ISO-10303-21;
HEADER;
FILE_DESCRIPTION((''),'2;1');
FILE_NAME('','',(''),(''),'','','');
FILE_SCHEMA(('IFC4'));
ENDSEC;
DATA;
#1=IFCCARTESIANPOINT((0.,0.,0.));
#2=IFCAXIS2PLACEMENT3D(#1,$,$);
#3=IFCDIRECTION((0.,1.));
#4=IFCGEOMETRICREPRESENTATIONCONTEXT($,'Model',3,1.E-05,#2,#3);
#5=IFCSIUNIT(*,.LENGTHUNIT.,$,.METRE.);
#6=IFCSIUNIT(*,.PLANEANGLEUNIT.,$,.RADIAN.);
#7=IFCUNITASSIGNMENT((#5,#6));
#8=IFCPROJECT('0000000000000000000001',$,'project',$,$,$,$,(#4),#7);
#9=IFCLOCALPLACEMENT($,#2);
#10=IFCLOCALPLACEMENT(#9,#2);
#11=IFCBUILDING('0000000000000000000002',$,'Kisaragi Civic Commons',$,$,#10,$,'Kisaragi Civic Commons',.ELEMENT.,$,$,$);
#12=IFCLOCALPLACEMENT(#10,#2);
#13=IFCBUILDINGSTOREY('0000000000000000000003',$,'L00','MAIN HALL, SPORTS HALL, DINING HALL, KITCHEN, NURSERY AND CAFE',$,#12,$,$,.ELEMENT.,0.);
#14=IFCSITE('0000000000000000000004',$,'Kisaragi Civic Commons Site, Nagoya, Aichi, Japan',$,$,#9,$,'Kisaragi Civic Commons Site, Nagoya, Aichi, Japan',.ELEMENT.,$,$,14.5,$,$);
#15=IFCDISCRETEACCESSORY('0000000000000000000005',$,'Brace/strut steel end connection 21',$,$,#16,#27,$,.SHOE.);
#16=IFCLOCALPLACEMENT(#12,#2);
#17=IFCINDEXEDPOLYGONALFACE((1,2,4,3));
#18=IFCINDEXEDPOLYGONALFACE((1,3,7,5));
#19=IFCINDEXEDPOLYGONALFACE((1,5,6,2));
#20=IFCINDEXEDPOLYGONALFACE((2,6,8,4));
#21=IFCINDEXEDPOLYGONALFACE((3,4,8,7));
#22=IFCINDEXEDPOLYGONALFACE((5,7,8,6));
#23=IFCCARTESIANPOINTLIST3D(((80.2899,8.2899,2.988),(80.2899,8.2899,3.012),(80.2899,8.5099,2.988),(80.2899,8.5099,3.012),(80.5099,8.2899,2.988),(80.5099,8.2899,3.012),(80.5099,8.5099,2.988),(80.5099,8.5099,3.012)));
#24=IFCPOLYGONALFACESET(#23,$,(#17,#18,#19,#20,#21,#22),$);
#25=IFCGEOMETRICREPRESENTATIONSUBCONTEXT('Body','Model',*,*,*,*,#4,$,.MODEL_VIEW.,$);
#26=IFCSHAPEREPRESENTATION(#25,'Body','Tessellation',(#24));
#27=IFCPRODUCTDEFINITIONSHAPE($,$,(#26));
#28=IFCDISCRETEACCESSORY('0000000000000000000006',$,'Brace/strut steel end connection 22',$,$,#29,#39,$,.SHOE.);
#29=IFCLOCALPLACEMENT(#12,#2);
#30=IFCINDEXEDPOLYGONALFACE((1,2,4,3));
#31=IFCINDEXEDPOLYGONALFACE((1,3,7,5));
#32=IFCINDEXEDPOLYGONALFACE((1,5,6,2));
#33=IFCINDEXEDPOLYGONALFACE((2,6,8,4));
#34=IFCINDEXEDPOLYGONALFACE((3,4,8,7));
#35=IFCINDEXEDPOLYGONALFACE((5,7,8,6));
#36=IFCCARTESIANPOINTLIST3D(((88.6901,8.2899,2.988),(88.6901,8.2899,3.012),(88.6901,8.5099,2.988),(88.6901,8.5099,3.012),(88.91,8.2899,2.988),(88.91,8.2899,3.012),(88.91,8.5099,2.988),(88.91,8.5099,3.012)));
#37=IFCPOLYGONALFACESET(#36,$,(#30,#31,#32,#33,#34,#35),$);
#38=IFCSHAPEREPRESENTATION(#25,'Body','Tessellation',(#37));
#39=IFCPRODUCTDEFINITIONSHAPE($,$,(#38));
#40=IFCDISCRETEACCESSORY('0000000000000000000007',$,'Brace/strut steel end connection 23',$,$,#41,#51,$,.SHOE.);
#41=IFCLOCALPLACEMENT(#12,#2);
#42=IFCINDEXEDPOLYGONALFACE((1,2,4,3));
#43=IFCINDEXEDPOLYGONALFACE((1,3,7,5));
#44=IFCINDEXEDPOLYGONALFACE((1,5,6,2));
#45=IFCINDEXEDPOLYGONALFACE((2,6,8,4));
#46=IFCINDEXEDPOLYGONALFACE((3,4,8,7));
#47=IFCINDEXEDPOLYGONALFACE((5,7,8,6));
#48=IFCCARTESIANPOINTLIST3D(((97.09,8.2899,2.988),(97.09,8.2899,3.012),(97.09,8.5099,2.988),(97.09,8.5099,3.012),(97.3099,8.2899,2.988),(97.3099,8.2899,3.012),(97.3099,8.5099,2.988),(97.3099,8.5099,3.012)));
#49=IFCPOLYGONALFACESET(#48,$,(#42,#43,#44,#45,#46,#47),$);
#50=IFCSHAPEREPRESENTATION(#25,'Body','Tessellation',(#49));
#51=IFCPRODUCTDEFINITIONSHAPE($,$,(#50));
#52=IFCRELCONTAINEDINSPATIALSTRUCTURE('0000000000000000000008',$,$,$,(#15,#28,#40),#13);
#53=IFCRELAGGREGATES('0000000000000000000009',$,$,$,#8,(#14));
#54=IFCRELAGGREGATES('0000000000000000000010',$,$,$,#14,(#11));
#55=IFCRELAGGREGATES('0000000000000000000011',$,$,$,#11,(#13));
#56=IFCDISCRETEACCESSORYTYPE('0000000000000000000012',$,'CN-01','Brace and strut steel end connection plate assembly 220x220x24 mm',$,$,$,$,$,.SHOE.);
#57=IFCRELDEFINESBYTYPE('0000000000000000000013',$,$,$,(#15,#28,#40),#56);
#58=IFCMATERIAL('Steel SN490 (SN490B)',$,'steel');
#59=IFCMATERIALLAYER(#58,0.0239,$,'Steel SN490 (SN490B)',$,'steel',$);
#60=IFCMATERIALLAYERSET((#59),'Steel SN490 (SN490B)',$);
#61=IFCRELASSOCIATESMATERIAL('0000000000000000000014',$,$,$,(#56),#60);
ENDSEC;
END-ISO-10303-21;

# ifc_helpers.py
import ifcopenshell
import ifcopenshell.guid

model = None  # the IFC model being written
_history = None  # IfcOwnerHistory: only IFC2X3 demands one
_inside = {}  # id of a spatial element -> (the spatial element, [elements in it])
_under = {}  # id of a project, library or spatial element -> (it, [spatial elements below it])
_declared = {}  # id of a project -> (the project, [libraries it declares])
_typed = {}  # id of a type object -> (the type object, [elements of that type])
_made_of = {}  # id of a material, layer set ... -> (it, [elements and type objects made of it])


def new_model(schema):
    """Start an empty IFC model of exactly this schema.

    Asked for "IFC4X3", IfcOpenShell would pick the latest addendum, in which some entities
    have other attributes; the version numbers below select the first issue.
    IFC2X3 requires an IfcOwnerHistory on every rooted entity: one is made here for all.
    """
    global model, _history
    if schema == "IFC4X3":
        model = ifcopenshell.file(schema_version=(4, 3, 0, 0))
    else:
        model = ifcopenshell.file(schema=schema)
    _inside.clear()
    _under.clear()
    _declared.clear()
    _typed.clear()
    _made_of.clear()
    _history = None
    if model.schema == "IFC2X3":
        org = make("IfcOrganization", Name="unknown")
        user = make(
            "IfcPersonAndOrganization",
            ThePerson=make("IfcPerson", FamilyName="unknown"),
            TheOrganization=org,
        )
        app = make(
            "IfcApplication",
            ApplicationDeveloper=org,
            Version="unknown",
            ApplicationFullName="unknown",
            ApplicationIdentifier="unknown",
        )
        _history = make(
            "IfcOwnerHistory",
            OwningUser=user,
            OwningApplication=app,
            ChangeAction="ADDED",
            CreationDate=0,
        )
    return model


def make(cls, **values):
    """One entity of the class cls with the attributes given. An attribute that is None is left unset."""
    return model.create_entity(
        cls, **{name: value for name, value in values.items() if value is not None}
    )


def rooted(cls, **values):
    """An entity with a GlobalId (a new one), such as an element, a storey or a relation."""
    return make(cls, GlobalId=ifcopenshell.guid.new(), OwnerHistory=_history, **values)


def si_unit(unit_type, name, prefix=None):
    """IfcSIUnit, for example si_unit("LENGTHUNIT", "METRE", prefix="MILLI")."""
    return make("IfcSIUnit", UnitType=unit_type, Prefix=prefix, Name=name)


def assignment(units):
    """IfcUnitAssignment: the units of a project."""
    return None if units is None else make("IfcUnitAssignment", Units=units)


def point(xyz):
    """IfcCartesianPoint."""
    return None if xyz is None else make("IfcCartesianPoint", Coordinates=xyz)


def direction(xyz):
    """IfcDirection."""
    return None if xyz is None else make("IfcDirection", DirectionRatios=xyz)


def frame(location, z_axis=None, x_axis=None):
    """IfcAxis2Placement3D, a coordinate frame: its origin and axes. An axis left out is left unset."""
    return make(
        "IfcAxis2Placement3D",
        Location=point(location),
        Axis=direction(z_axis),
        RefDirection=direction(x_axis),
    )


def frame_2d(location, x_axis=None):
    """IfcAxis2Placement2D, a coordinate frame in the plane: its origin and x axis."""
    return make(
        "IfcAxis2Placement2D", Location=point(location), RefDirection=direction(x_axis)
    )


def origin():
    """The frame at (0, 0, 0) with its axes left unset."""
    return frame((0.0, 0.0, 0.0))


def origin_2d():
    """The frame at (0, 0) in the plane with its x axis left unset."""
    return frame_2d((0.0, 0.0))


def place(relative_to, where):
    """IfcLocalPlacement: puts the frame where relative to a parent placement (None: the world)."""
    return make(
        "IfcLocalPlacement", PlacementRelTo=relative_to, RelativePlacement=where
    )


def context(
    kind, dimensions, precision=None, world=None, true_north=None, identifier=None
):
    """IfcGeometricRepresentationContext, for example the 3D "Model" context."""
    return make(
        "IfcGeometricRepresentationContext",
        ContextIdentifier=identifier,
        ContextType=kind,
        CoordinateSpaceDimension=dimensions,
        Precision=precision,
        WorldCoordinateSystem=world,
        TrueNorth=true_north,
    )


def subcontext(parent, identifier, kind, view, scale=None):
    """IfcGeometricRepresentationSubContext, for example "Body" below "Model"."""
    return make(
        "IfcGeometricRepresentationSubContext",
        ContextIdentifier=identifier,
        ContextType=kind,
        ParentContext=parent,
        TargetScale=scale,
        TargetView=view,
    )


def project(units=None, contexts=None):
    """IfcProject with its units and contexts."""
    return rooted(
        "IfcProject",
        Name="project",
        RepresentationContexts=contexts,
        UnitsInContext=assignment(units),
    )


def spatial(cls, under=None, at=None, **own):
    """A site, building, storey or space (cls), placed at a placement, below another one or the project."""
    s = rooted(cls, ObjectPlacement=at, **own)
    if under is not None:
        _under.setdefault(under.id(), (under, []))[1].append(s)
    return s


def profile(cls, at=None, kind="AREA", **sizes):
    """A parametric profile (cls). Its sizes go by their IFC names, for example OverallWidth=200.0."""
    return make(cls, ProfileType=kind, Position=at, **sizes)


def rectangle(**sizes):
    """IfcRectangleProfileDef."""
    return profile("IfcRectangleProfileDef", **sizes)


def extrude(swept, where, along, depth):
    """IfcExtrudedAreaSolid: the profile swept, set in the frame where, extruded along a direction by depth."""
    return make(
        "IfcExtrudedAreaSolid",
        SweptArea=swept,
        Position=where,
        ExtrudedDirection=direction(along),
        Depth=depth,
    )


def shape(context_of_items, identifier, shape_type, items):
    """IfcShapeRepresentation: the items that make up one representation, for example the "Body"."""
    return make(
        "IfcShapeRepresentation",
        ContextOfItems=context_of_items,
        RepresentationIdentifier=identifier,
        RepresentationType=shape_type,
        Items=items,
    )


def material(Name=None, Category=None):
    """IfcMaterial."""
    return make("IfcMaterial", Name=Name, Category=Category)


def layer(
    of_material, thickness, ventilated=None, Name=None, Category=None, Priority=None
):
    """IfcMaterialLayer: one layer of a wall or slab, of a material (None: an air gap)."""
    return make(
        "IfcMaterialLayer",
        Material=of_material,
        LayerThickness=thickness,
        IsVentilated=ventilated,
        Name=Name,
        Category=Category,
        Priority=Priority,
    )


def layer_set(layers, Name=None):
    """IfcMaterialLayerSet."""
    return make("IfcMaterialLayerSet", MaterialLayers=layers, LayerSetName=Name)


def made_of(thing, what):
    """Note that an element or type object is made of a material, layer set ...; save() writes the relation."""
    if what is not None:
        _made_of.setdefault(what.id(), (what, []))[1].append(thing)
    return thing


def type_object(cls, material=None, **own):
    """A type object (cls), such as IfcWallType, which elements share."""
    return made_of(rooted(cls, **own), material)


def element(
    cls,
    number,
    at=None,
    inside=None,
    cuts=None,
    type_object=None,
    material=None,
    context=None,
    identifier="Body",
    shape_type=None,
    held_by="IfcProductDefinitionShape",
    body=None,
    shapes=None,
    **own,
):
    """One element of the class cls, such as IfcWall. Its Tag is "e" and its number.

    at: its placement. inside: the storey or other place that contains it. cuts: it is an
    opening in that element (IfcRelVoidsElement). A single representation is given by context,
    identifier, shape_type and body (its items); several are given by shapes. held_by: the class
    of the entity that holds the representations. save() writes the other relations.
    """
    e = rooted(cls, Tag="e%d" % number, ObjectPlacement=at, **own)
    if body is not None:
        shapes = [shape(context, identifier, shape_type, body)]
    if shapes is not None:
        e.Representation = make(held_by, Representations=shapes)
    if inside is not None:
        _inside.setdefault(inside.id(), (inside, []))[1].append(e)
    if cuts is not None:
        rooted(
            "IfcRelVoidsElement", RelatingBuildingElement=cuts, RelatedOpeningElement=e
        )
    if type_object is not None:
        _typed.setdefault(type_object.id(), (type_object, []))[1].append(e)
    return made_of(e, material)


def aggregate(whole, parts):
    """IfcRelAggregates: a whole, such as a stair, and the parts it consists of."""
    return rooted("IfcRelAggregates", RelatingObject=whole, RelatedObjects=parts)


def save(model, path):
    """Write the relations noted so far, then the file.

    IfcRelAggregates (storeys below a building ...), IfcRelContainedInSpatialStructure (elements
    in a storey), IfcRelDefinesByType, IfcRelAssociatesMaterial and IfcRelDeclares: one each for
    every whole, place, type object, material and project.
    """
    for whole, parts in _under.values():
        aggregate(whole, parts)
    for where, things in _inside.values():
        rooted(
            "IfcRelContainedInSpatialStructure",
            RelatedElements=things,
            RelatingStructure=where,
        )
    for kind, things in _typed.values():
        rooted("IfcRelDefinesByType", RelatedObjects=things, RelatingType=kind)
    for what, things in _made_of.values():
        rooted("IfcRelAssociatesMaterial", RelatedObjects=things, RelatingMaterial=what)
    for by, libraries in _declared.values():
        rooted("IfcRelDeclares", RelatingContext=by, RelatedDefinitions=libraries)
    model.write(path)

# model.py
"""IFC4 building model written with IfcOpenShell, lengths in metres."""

from ifc_helpers import new_model, si_unit, direction, frame, origin, origin_2d, place, context, subcontext, project, spatial, rectangle, extrude, material, layer, layer_set, type_object, element, save


model = new_model("IFC4")

# Units and contexts
model_context = context("Model", 3, precision=1e-05, world=origin(), true_north=direction((0.0, 1.0)))
body_context = subcontext(model_context, "Body", "Model", "MODEL_VIEW")
ifc_project = project(units=[si_unit("LENGTHUNIT", "METRE"), si_unit("PLANEANGLEUNIT", "RADIAN")], contexts=[model_context])

# Site, building, storey
site_placement = place(None, origin())
site = spatial("IfcSite", under=ifc_project, at=site_placement, Name="Kisaragi Civic Commons Site, Nagoya, Aichi, Japan", LongName="Kisaragi Civic Commons Site, Nagoya, Aichi, Japan", CompositionType="ELEMENT", RefElevation=14.5)
building_placement = place(site_placement, origin())
building = spatial("IfcBuilding", under=site, at=building_placement, Name="Kisaragi Civic Commons", LongName="Kisaragi Civic Commons", CompositionType="ELEMENT")
storey_placement = place(building_placement, origin())
storey = spatial("IfcBuildingStorey", under=building, at=storey_placement, Name="L00", Description="MAIN HALL, SPORTS HALL, DINING HALL, KITCHEN, NURSERY AND CAFE", CompositionType="ELEMENT", Elevation=0.0)

# Shared definitions
ifc_material_1 = material(Name="Steel SN490 (SN490B)", Category="steel")

# Discrete accessories
ifc_layer_1 = layer(ifc_material_1, 0.0239, Name="Steel SN490 (SN490B)", Category="steel")
ifc_layer_set_1 = layer_set([ifc_layer_1], Name="Steel SN490 (SN490B)")
discrete_accessory_type = type_object("IfcDiscreteAccessoryType", Name="CN-01", Description="Brace and strut steel end connection plate assembly 220x220x24 mm", PredefinedType="SHOE", material=ifc_layer_set_1)
for number, where, z_axis, x_axis, name in (
    (1, (80.3999, 8.3999, 2.988), (0.0, 0.0, 1.0), (1.0, 0.0, 0.0), "Brace/strut steel end connection 21"),
    (2, (88.8, 8.3999, 2.988), (0.0, 0.0, 1.0), (1.0, 0.0, 0.0), "Brace/strut steel end connection 22"),
    (3, (97.2, 8.3999, 2.988), (0.0, 0.0, 1.0), (1.0, 0.0, 0.0), "Brace/strut steel end connection 23"),
):
    element("IfcDiscreteAccessory", number, at=place(storey_placement, frame(where, z_axis=z_axis, x_axis=x_axis)), inside=storey, type_object=discrete_accessory_type, Name=name, PredefinedType="SHOE", context=body_context, shape_type="SweptSolid", body=[
        extrude(rectangle(XDim=0.22, YDim=0.22, at=origin_2d()), origin(), (0.0, 0.0, 1.0), 0.0239),
    ])

save(model, "model.ifc")
